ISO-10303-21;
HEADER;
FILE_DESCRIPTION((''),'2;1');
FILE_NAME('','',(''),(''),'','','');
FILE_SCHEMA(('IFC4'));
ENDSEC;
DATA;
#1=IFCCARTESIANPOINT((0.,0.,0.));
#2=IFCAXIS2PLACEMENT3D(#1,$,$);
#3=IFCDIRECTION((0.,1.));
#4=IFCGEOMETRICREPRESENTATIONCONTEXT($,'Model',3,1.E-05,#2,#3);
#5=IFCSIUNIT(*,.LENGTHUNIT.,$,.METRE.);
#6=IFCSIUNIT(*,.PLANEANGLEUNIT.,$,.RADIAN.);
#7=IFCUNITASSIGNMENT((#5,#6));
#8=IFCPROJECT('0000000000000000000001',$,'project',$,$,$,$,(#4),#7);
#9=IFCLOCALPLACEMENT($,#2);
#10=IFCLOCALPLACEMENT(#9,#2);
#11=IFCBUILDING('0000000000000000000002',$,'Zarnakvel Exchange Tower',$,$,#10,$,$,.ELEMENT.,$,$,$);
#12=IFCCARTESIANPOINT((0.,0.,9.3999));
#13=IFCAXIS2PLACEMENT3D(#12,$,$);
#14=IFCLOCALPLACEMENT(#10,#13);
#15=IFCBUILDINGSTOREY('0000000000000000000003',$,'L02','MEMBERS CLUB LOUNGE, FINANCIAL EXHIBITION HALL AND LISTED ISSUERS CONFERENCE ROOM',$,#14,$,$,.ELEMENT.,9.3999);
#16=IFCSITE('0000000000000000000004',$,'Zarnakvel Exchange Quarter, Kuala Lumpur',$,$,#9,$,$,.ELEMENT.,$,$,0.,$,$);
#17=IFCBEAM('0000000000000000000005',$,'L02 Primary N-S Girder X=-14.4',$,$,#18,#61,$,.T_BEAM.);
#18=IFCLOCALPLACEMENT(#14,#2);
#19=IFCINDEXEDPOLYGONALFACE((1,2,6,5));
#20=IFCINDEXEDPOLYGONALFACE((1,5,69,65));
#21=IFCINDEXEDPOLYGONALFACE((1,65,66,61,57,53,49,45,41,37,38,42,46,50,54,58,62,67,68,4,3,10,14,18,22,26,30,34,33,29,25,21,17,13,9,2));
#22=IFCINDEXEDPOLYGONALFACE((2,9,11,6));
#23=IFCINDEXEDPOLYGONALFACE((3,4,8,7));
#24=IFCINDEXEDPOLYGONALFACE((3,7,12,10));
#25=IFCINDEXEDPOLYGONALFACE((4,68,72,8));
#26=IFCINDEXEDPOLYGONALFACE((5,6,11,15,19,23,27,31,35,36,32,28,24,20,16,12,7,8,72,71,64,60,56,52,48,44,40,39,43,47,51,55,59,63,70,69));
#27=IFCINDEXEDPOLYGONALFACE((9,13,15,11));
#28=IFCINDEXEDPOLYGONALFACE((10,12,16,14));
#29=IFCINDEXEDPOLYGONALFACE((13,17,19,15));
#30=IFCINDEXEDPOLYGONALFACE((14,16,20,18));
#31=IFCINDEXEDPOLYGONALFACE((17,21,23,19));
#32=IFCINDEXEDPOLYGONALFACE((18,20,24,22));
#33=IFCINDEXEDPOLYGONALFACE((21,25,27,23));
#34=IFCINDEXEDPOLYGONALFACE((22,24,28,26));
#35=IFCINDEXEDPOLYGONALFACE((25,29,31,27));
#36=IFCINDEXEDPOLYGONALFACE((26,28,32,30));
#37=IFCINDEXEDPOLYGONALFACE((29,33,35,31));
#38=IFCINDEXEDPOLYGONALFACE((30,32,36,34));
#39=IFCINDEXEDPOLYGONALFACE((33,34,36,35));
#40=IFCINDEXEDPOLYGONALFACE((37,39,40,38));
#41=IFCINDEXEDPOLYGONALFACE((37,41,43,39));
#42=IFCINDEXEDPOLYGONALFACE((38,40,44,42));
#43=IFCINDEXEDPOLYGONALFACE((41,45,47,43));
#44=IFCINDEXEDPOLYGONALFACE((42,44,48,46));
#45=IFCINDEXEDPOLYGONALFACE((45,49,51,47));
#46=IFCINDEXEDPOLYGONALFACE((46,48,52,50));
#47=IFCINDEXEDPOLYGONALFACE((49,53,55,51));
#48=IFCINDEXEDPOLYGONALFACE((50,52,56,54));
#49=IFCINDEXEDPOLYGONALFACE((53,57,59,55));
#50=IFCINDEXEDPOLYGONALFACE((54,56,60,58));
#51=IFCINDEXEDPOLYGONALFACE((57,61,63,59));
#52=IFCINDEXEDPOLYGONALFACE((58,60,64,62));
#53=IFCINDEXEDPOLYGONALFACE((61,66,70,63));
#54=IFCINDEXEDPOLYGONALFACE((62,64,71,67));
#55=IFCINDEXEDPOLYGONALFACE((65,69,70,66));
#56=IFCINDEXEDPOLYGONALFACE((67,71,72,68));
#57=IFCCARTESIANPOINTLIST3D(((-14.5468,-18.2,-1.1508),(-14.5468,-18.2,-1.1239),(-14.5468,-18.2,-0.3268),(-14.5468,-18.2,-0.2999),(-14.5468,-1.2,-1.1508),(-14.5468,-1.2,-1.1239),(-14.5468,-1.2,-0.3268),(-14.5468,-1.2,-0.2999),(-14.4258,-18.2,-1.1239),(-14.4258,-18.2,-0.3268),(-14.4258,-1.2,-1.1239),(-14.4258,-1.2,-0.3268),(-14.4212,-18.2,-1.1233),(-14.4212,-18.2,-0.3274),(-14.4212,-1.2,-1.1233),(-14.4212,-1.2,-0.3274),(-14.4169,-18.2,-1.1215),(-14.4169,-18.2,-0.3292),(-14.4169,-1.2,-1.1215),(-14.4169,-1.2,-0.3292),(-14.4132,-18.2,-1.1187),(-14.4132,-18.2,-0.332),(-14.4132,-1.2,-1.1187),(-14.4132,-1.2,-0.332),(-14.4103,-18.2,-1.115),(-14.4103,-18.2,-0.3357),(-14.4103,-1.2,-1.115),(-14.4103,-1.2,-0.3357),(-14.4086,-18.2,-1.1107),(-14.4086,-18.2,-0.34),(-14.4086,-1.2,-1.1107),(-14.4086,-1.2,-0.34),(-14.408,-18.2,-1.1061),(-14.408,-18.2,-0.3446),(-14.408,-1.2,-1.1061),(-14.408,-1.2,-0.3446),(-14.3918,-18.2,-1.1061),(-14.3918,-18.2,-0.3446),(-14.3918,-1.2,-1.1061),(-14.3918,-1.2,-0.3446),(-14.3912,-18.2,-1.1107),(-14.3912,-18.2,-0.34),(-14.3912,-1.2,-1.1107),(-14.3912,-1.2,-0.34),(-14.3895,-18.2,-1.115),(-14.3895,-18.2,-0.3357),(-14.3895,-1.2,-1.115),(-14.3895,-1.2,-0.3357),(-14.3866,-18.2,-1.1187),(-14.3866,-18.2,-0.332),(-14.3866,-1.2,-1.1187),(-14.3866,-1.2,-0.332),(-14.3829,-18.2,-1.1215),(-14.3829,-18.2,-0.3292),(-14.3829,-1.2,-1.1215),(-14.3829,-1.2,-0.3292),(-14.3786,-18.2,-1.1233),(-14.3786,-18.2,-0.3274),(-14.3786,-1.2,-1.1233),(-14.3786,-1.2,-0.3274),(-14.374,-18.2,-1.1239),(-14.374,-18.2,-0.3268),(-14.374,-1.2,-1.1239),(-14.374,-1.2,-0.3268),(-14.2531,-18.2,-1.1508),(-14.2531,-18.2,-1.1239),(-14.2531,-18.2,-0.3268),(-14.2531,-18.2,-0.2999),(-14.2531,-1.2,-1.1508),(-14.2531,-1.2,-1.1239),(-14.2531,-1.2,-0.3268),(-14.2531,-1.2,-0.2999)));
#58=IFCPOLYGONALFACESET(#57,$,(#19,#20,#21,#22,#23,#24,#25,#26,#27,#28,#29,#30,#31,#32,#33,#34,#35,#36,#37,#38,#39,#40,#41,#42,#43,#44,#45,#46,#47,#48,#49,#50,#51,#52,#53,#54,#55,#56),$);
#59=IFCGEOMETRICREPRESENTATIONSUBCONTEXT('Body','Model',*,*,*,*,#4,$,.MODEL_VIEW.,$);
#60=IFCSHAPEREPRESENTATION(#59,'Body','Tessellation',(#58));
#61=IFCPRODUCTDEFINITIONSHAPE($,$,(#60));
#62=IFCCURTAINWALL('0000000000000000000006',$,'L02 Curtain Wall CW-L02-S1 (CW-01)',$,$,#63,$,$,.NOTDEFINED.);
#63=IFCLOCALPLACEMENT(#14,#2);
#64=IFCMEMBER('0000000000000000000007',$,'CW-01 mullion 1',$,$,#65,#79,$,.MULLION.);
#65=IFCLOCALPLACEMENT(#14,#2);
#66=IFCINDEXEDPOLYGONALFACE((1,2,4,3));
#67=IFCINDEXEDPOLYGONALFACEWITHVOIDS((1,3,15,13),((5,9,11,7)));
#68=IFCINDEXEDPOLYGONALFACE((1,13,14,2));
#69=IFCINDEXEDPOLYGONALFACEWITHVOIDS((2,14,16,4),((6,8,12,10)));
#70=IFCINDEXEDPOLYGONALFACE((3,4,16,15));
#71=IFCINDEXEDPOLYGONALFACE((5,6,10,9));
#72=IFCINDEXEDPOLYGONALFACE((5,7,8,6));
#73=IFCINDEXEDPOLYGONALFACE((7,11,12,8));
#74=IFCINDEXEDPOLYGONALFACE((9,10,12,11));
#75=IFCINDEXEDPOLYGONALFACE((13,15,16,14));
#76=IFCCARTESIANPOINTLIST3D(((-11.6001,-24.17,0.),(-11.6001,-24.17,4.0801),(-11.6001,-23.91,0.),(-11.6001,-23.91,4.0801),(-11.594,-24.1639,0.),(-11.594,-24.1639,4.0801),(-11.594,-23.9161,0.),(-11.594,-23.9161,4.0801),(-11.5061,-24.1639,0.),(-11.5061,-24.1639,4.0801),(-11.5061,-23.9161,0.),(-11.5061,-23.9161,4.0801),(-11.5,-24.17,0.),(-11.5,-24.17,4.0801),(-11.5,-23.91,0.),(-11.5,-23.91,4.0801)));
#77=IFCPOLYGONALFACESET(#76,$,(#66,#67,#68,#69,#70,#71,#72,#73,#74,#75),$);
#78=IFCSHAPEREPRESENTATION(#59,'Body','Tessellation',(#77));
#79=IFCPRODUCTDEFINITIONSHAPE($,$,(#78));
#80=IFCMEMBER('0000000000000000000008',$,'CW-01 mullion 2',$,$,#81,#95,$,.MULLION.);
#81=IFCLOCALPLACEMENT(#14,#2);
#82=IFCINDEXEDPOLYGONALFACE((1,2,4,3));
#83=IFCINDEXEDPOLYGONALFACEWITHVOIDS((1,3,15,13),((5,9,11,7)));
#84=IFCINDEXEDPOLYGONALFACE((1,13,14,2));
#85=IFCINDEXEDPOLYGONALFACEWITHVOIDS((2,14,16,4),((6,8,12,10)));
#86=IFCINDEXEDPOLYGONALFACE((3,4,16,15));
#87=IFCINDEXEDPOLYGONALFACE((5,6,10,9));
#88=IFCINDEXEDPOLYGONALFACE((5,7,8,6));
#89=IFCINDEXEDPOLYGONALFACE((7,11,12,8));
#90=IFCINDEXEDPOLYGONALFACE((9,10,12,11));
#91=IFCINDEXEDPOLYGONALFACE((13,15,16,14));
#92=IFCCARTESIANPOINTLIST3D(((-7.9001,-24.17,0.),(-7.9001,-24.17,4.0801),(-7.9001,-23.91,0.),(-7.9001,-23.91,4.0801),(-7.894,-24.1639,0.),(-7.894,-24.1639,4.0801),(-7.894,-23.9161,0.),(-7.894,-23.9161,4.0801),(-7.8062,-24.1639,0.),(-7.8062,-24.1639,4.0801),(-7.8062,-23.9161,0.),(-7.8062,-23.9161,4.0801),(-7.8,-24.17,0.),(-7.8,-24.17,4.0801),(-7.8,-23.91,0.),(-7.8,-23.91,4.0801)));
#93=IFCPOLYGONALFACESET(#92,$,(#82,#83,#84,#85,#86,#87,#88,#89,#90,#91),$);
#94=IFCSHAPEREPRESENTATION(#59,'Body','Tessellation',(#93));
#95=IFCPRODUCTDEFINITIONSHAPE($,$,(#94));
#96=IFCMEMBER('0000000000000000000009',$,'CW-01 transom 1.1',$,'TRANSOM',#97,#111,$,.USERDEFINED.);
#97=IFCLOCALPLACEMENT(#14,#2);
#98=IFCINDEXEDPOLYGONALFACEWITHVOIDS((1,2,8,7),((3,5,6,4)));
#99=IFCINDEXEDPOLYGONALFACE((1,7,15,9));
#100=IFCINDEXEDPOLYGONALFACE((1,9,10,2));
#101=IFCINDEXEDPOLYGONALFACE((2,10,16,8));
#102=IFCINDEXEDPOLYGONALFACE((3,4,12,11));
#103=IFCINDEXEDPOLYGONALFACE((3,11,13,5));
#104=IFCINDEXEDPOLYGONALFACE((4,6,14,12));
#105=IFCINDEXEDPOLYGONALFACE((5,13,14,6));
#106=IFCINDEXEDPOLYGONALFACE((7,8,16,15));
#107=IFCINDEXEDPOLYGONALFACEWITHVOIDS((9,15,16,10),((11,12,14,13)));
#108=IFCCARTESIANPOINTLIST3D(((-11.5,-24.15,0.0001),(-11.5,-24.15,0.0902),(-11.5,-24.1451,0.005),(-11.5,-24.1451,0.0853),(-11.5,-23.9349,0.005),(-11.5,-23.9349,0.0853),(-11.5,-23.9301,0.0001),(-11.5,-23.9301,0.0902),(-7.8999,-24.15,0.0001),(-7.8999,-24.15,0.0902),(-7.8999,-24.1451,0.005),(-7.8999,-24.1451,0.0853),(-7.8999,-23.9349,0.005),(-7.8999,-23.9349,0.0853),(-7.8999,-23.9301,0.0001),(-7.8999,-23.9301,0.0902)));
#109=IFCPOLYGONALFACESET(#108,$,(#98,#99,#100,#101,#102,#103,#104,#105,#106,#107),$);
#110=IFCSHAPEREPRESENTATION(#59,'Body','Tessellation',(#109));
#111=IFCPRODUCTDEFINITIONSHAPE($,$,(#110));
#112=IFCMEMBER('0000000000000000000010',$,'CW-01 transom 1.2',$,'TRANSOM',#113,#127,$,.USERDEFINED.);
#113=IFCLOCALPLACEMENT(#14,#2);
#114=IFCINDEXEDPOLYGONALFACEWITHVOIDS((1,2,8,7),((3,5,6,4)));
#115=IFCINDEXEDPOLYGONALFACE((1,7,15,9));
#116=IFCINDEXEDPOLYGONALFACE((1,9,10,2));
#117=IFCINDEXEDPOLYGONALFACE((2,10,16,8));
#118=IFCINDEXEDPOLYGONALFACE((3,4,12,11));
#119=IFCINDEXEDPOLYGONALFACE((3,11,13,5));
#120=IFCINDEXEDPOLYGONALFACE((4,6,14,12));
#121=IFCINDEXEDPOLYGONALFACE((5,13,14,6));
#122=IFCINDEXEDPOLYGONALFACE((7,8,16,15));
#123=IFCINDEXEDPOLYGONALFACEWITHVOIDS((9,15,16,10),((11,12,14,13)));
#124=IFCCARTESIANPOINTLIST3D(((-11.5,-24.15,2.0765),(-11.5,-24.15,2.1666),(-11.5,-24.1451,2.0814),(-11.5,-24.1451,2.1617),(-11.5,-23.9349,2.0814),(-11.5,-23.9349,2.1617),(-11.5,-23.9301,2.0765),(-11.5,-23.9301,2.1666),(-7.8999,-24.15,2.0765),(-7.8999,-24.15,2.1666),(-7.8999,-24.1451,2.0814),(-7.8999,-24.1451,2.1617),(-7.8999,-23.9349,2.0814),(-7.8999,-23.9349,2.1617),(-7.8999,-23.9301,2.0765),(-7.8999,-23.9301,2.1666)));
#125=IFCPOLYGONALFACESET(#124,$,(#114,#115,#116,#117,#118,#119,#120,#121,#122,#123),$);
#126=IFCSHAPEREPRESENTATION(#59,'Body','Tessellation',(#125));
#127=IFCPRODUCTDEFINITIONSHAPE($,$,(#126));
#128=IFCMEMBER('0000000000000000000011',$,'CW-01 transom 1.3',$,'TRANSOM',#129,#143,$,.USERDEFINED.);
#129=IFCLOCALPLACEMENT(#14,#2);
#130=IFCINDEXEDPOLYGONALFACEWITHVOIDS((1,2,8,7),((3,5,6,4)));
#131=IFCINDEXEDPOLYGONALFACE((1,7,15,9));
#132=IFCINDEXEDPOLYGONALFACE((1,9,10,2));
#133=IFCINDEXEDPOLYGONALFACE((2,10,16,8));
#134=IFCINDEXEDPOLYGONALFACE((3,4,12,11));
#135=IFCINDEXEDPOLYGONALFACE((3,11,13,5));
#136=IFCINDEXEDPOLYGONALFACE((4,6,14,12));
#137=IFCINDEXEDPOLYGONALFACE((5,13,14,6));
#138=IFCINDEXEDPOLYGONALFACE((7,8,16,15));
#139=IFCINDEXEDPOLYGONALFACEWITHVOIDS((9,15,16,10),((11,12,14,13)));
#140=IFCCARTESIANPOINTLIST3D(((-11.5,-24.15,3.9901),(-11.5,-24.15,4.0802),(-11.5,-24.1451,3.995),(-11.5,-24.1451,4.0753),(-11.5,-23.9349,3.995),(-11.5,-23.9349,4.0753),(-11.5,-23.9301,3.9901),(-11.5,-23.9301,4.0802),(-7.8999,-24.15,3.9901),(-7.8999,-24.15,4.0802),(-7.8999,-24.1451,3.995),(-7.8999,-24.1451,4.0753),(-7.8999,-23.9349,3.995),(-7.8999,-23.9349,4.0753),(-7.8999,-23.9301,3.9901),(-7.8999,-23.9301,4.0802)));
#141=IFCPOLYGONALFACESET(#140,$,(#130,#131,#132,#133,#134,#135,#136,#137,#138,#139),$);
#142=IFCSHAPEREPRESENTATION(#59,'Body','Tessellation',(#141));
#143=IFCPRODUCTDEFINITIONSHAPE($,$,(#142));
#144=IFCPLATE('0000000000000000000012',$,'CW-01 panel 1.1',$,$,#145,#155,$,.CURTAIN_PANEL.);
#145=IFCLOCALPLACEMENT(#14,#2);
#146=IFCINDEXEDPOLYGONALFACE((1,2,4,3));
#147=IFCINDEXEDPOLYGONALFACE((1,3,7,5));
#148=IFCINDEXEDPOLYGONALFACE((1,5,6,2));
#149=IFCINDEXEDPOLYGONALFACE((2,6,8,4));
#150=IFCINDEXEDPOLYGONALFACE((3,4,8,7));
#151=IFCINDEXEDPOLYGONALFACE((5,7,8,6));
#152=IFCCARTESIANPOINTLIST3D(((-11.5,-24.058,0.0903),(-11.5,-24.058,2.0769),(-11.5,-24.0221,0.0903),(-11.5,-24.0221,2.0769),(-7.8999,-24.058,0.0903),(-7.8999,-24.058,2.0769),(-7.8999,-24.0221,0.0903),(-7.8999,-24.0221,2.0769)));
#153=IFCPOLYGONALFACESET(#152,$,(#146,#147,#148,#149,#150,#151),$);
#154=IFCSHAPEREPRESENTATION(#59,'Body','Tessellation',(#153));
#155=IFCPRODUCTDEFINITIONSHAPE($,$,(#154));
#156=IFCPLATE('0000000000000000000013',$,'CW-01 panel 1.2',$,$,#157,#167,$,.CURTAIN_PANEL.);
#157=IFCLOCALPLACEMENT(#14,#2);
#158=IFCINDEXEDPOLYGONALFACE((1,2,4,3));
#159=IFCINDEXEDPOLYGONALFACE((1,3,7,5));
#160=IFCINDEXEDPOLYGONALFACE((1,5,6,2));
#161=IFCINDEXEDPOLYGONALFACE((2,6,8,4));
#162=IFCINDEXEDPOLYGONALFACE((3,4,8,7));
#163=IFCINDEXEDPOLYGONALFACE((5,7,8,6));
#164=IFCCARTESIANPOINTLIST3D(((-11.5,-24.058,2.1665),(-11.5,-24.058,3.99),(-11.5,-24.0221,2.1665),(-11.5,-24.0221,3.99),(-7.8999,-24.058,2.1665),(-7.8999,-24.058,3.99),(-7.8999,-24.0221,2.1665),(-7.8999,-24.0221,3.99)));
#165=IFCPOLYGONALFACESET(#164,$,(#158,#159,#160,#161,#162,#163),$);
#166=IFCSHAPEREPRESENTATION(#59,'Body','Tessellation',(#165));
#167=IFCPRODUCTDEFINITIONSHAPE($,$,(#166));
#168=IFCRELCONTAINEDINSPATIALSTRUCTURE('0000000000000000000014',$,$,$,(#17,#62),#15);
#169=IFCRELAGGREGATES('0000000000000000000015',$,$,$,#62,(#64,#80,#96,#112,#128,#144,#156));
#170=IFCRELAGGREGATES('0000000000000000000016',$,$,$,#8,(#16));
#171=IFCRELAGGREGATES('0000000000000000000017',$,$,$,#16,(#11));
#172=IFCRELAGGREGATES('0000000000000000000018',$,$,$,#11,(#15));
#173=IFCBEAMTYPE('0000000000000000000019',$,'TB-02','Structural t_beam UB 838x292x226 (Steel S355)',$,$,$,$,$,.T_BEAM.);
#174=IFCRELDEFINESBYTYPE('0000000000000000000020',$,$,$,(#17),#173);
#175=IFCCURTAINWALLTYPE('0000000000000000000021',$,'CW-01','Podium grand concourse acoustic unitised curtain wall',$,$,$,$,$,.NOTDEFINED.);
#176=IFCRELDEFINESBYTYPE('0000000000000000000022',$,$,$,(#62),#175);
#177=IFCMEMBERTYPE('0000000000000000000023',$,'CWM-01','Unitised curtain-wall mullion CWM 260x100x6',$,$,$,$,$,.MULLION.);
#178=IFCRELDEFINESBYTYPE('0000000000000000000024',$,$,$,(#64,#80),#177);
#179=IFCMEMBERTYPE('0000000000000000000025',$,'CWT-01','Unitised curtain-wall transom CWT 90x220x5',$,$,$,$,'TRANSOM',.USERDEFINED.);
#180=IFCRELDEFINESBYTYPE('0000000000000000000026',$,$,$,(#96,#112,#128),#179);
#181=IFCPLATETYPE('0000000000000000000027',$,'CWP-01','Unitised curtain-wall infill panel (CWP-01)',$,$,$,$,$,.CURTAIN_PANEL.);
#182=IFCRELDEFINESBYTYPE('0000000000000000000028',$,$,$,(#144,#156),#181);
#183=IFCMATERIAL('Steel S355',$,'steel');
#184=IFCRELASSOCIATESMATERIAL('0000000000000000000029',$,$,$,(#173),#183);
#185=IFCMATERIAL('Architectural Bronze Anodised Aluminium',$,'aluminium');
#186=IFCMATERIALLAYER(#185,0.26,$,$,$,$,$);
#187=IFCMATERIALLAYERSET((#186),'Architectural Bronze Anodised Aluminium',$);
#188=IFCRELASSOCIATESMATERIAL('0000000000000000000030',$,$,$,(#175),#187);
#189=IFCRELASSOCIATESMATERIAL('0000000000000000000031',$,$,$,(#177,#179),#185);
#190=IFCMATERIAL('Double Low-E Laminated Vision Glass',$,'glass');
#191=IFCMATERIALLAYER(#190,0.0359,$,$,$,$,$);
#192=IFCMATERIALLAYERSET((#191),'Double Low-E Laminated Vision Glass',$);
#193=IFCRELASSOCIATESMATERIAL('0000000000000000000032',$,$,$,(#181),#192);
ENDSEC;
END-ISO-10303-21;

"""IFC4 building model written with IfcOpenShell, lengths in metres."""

from ifc_helpers import new_model, si_unit, direction, frame, origin, origin_2d, place, context, subcontext, project, spatial, rectangle, hollow_rectangle, i_section, extrude, source, transform, mapped, material, layer, layer_set, material_profile, profile_set, type_object, element, aggregate, save


model = new_model("IFC4")

# Units and contexts
model_context = context("Model", 3, precision=1e-05, world=origin(), true_north=direction((0.0, 1.0)))
body_context = subcontext(model_context, "Body", "Model", "MODEL_VIEW")
ifc_project = project(units=[si_unit("LENGTHUNIT", "METRE"), si_unit("PLANEANGLEUNIT", "RADIAN")], contexts=[model_context])

# Site, building, storey
site_placement = place(None, origin())
site = spatial("IfcSite", under=ifc_project, at=site_placement, Name="Zarnakvel Exchange Quarter, Kuala Lumpur", CompositionType="ELEMENT", RefElevation=0.0)
building_placement = place(site_placement, origin())
building = spatial("IfcBuilding", under=site, at=building_placement, Name="Zarnakvel Exchange Tower", CompositionType="ELEMENT")
storey_placement = place(building_placement, frame((0.0, 0.0, 9.3999)))
storey = spatial("IfcBuildingStorey", under=building, at=storey_placement, Name="L02", Description="MEMBERS CLUB LOUNGE, FINANCIAL EXHIBITION HALL AND LISTED ISSUERS CONFERENCE ROOM", CompositionType="ELEMENT", Elevation=9.3999)

# Beam
ifc_material_1 = material(Name="Steel S355", Category="steel")
ifc_material_profile_1 = material_profile(ifc_material_1, i_section(OverallWidth=0.2937, OverallDepth=0.8508, WebThickness=0.0161, FlangeThickness=0.0269, FilletRadius=0.0178, at=origin_2d()))
ifc_profile_set_1 = profile_set([ifc_material_profile_1], Name="Steel S355")
beam_type_1 = type_object("IfcBeamType", Name="TB-02", Description="Structural t_beam UB 838x292x226 (Steel S355)", PredefinedType="T_BEAM", material=ifc_profile_set_1)
beam_1_placement = place(storey_placement, frame((-14.3999, -18.2, -0.7253), z_axis=(0.0, 1.0, 0.0), x_axis=(-1.0, 0.0, 0.0)))
element("IfcBeam", 1, at=beam_1_placement, inside=storey, type_object=beam_type_1, Name="L02 Primary N-S Girder X=-14.4", PredefinedType="T_BEAM", context=body_context, shape_type="SweptSolid", body=[
    extrude(i_section(OverallWidth=0.2937, OverallDepth=0.8508, WebThickness=0.0161, FlangeThickness=0.0269, FilletRadius=0.0178, at=origin_2d()), origin(), (0.0, 0.0, 1.0), 17.0),
])

# Curtain wall, members, plates
ifc_material_2 = material(Name="Architectural Bronze Anodised Aluminium", Category="aluminium")
ifc_layer_1 = layer(ifc_material_2, 0.26)
ifc_layer_set_1 = layer_set([ifc_layer_1], Name="Architectural Bronze Anodised Aluminium")
curtain_wall_type = type_object("IfcCurtainWallType", Name="CW-01", Description="Podium grand concourse acoustic unitised curtain wall", PredefinedType="NOTDEFINED", material=ifc_layer_set_1)
curtain_wall_placement = place(storey_placement, origin())
curtain_wall = element("IfcCurtainWall", 2, at=curtain_wall_placement, inside=storey, type_object=curtain_wall_type, Name="L02 Curtain Wall CW-L02-S1 (CW-01)", PredefinedType="NOTDEFINED")
ifc_material_profile_2 = material_profile(ifc_material_2, hollow_rectangle(XDim=0.26, YDim=0.1001, WallThickness=0.0061, at=origin_2d()))
ifc_profile_set_2 = profile_set([ifc_material_profile_2], Name="Architectural Bronze Anodised Aluminium")
member_type_1 = type_object("IfcMemberType", Name="CWM-01", Description="Unitised curtain-wall mullion CWM 260x100x6", PredefinedType="MULLION", material=ifc_profile_set_2)
shared_shape_1 = source(origin(), body_context, "Body", "SweptSolid", [
    extrude(hollow_rectangle(XDim=0.26, YDim=0.1001, WallThickness=0.0061, at=origin_2d()), origin(), (0.0, 0.0, 1.0), 4.0801),
])
member_1_placement = place(storey_placement, frame((-11.55, -24.04, 0.0), z_axis=(0.0, 0.0, 1.0), x_axis=(0.0, 1.0, 0.0)))
member_1 = element("IfcMember", 3, at=member_1_placement, type_object=member_type_1, Name="CW-01 mullion 1", PredefinedType="MULLION", context=body_context, shape_type="MappedRepresentation", body=[
    mapped(shared_shape_1, transform((0.0, 0.0, 0.0), x_axis=(1.0, 0.0, 0.0), y_axis=(0.0, 1.0, 0.0), z_axis=(0.0, 0.0, 1.0), scale=1.0)),
])
member_2_placement = place(storey_placement, frame((-7.8501, -24.04, 0.0), z_axis=(0.0, 0.0, 1.0), x_axis=(0.0, 1.0, 0.0)))
member_2 = element("IfcMember", 4, at=member_2_placement, type_object=member_type_1, Name="CW-01 mullion 2", PredefinedType="MULLION", context=body_context, shape_type="MappedRepresentation", body=[
    mapped(shared_shape_1, transform((0.0, 0.0, 0.0), x_axis=(1.0, 0.0, 0.0), y_axis=(0.0, 1.0, 0.0), z_axis=(0.0, 0.0, 1.0), scale=1.0)),
])
ifc_material_profile_3 = material_profile(ifc_material_2, hollow_rectangle(XDim=0.22, YDim=0.0901, WallThickness=0.0049, at=origin_2d()))
ifc_profile_set_3 = profile_set([ifc_material_profile_3], Name="Architectural Bronze Anodised Aluminium")
member_type_2 = type_object("IfcMemberType", Name="CWT-01", Description="Unitised curtain-wall transom CWT 90x220x5", ElementType="TRANSOM", PredefinedType="USERDEFINED", material=ifc_profile_set_3)
shared_shape_2 = source(origin(), body_context, "Body", "SweptSolid", [
    extrude(hollow_rectangle(XDim=0.22, YDim=0.0901, WallThickness=0.0049, at=origin_2d()), origin(), (0.0, 0.0, 1.0), 3.6001),
])
member_3_placement = place(storey_placement, frame((-11.5, -24.04, 0.0452), z_axis=(1.0, 0.0, 0.0), x_axis=(0.0, 1.0, 0.0)))
member_3 = element("IfcMember", 5, at=member_3_placement, type_object=member_type_2, Name="CW-01 transom 1.1", ObjectType="TRANSOM", PredefinedType="USERDEFINED", context=body_context, shape_type="MappedRepresentation", body=[
    mapped(shared_shape_2, transform((0.0, 0.0, 0.0), x_axis=(1.0, 0.0, 0.0), y_axis=(0.0, 1.0, 0.0), z_axis=(0.0, 0.0, 1.0), scale=1.0)),
])
member_4_placement = place(storey_placement, frame((-11.5, -24.04, 2.1216), z_axis=(1.0, 0.0, 0.0), x_axis=(0.0, 1.0, 0.0)))
member_4 = element("IfcMember", 6, at=member_4_placement, type_object=member_type_2, Name="CW-01 transom 1.2", ObjectType="TRANSOM", PredefinedType="USERDEFINED", context=body_context, shape_type="MappedRepresentation", body=[
    mapped(shared_shape_2, transform((0.0, 0.0, 0.0), x_axis=(1.0, 0.0, 0.0), y_axis=(0.0, 1.0, 0.0), z_axis=(0.0, 0.0, 1.0), scale=1.0)),
])
member_5_placement = place(storey_placement, frame((-11.5, -24.04, 4.0352), z_axis=(1.0, 0.0, 0.0), x_axis=(0.0, 1.0, 0.0)))
member_5 = element("IfcMember", 7, at=member_5_placement, type_object=member_type_2, Name="CW-01 transom 1.3", ObjectType="TRANSOM", PredefinedType="USERDEFINED", context=body_context, shape_type="MappedRepresentation", body=[
    mapped(shared_shape_2, transform((0.0, 0.0, 0.0), x_axis=(1.0, 0.0, 0.0), y_axis=(0.0, 1.0, 0.0), z_axis=(0.0, 0.0, 1.0), scale=1.0)),
])
ifc_material_3 = material(Name="Double Low-E Laminated Vision Glass", Category="glass")
ifc_layer_2 = layer(ifc_material_3, 0.0359)
ifc_layer_set_2 = layer_set([ifc_layer_2], Name="Double Low-E Laminated Vision Glass")
plate_type = type_object("IfcPlateType", Name="CWP-01", Description="Unitised curtain-wall infill panel (CWP-01)", PredefinedType="CURTAIN_PANEL", material=ifc_layer_set_2)
shared_shape_3 = source(origin(), body_context, "Body", "SweptSolid", [
    extrude(rectangle(XDim=3.6001, YDim=0.0359, at=origin_2d()), origin(), (0.0, 0.0, 1.0), 1.9866),
])
plate_1_placement = place(storey_placement, frame((-9.7, -24.04, 0.0903), z_axis=(0.0, 0.0, 1.0), x_axis=(1.0, 0.0, 0.0)))
plate_1 = element("IfcPlate", 8, at=plate_1_placement, type_object=plate_type, Name="CW-01 panel 1.1", PredefinedType="CURTAIN_PANEL", context=body_context, shape_type="MappedRepresentation", body=[
    mapped(shared_shape_3, transform((0.0, 0.0, 0.0), x_axis=(1.0, 0.0, 0.0), y_axis=(0.0, 1.0, 0.0), z_axis=(0.0, 0.0, 1.0), scale=1.0)),
])
shared_shape_4 = source(origin(), body_context, "Body", "SweptSolid", [
    extrude(rectangle(XDim=3.6001, YDim=0.0359, at=origin_2d()), origin(), (0.0, 0.0, 1.0), 1.8235),
])
plate_2_placement = place(storey_placement, frame((-9.7, -24.04, 2.1665), z_axis=(0.0, 0.0, 1.0), x_axis=(1.0, 0.0, 0.0)))
plate_2 = element("IfcPlate", 9, at=plate_2_placement, type_object=plate_type, Name="CW-01 panel 1.2", PredefinedType="CURTAIN_PANEL", context=body_context, shape_type="MappedRepresentation", body=[
    mapped(shared_shape_4, transform((0.0, 0.0, 0.0), x_axis=(1.0, 0.0, 0.0), y_axis=(0.0, 1.0, 0.0), z_axis=(0.0, 0.0, 1.0), scale=1.0)),
])
aggregate(curtain_wall, [member_1, member_2, member_3, member_4, member_5, plate_1, plate_2])

save(model, "model.ifc")
